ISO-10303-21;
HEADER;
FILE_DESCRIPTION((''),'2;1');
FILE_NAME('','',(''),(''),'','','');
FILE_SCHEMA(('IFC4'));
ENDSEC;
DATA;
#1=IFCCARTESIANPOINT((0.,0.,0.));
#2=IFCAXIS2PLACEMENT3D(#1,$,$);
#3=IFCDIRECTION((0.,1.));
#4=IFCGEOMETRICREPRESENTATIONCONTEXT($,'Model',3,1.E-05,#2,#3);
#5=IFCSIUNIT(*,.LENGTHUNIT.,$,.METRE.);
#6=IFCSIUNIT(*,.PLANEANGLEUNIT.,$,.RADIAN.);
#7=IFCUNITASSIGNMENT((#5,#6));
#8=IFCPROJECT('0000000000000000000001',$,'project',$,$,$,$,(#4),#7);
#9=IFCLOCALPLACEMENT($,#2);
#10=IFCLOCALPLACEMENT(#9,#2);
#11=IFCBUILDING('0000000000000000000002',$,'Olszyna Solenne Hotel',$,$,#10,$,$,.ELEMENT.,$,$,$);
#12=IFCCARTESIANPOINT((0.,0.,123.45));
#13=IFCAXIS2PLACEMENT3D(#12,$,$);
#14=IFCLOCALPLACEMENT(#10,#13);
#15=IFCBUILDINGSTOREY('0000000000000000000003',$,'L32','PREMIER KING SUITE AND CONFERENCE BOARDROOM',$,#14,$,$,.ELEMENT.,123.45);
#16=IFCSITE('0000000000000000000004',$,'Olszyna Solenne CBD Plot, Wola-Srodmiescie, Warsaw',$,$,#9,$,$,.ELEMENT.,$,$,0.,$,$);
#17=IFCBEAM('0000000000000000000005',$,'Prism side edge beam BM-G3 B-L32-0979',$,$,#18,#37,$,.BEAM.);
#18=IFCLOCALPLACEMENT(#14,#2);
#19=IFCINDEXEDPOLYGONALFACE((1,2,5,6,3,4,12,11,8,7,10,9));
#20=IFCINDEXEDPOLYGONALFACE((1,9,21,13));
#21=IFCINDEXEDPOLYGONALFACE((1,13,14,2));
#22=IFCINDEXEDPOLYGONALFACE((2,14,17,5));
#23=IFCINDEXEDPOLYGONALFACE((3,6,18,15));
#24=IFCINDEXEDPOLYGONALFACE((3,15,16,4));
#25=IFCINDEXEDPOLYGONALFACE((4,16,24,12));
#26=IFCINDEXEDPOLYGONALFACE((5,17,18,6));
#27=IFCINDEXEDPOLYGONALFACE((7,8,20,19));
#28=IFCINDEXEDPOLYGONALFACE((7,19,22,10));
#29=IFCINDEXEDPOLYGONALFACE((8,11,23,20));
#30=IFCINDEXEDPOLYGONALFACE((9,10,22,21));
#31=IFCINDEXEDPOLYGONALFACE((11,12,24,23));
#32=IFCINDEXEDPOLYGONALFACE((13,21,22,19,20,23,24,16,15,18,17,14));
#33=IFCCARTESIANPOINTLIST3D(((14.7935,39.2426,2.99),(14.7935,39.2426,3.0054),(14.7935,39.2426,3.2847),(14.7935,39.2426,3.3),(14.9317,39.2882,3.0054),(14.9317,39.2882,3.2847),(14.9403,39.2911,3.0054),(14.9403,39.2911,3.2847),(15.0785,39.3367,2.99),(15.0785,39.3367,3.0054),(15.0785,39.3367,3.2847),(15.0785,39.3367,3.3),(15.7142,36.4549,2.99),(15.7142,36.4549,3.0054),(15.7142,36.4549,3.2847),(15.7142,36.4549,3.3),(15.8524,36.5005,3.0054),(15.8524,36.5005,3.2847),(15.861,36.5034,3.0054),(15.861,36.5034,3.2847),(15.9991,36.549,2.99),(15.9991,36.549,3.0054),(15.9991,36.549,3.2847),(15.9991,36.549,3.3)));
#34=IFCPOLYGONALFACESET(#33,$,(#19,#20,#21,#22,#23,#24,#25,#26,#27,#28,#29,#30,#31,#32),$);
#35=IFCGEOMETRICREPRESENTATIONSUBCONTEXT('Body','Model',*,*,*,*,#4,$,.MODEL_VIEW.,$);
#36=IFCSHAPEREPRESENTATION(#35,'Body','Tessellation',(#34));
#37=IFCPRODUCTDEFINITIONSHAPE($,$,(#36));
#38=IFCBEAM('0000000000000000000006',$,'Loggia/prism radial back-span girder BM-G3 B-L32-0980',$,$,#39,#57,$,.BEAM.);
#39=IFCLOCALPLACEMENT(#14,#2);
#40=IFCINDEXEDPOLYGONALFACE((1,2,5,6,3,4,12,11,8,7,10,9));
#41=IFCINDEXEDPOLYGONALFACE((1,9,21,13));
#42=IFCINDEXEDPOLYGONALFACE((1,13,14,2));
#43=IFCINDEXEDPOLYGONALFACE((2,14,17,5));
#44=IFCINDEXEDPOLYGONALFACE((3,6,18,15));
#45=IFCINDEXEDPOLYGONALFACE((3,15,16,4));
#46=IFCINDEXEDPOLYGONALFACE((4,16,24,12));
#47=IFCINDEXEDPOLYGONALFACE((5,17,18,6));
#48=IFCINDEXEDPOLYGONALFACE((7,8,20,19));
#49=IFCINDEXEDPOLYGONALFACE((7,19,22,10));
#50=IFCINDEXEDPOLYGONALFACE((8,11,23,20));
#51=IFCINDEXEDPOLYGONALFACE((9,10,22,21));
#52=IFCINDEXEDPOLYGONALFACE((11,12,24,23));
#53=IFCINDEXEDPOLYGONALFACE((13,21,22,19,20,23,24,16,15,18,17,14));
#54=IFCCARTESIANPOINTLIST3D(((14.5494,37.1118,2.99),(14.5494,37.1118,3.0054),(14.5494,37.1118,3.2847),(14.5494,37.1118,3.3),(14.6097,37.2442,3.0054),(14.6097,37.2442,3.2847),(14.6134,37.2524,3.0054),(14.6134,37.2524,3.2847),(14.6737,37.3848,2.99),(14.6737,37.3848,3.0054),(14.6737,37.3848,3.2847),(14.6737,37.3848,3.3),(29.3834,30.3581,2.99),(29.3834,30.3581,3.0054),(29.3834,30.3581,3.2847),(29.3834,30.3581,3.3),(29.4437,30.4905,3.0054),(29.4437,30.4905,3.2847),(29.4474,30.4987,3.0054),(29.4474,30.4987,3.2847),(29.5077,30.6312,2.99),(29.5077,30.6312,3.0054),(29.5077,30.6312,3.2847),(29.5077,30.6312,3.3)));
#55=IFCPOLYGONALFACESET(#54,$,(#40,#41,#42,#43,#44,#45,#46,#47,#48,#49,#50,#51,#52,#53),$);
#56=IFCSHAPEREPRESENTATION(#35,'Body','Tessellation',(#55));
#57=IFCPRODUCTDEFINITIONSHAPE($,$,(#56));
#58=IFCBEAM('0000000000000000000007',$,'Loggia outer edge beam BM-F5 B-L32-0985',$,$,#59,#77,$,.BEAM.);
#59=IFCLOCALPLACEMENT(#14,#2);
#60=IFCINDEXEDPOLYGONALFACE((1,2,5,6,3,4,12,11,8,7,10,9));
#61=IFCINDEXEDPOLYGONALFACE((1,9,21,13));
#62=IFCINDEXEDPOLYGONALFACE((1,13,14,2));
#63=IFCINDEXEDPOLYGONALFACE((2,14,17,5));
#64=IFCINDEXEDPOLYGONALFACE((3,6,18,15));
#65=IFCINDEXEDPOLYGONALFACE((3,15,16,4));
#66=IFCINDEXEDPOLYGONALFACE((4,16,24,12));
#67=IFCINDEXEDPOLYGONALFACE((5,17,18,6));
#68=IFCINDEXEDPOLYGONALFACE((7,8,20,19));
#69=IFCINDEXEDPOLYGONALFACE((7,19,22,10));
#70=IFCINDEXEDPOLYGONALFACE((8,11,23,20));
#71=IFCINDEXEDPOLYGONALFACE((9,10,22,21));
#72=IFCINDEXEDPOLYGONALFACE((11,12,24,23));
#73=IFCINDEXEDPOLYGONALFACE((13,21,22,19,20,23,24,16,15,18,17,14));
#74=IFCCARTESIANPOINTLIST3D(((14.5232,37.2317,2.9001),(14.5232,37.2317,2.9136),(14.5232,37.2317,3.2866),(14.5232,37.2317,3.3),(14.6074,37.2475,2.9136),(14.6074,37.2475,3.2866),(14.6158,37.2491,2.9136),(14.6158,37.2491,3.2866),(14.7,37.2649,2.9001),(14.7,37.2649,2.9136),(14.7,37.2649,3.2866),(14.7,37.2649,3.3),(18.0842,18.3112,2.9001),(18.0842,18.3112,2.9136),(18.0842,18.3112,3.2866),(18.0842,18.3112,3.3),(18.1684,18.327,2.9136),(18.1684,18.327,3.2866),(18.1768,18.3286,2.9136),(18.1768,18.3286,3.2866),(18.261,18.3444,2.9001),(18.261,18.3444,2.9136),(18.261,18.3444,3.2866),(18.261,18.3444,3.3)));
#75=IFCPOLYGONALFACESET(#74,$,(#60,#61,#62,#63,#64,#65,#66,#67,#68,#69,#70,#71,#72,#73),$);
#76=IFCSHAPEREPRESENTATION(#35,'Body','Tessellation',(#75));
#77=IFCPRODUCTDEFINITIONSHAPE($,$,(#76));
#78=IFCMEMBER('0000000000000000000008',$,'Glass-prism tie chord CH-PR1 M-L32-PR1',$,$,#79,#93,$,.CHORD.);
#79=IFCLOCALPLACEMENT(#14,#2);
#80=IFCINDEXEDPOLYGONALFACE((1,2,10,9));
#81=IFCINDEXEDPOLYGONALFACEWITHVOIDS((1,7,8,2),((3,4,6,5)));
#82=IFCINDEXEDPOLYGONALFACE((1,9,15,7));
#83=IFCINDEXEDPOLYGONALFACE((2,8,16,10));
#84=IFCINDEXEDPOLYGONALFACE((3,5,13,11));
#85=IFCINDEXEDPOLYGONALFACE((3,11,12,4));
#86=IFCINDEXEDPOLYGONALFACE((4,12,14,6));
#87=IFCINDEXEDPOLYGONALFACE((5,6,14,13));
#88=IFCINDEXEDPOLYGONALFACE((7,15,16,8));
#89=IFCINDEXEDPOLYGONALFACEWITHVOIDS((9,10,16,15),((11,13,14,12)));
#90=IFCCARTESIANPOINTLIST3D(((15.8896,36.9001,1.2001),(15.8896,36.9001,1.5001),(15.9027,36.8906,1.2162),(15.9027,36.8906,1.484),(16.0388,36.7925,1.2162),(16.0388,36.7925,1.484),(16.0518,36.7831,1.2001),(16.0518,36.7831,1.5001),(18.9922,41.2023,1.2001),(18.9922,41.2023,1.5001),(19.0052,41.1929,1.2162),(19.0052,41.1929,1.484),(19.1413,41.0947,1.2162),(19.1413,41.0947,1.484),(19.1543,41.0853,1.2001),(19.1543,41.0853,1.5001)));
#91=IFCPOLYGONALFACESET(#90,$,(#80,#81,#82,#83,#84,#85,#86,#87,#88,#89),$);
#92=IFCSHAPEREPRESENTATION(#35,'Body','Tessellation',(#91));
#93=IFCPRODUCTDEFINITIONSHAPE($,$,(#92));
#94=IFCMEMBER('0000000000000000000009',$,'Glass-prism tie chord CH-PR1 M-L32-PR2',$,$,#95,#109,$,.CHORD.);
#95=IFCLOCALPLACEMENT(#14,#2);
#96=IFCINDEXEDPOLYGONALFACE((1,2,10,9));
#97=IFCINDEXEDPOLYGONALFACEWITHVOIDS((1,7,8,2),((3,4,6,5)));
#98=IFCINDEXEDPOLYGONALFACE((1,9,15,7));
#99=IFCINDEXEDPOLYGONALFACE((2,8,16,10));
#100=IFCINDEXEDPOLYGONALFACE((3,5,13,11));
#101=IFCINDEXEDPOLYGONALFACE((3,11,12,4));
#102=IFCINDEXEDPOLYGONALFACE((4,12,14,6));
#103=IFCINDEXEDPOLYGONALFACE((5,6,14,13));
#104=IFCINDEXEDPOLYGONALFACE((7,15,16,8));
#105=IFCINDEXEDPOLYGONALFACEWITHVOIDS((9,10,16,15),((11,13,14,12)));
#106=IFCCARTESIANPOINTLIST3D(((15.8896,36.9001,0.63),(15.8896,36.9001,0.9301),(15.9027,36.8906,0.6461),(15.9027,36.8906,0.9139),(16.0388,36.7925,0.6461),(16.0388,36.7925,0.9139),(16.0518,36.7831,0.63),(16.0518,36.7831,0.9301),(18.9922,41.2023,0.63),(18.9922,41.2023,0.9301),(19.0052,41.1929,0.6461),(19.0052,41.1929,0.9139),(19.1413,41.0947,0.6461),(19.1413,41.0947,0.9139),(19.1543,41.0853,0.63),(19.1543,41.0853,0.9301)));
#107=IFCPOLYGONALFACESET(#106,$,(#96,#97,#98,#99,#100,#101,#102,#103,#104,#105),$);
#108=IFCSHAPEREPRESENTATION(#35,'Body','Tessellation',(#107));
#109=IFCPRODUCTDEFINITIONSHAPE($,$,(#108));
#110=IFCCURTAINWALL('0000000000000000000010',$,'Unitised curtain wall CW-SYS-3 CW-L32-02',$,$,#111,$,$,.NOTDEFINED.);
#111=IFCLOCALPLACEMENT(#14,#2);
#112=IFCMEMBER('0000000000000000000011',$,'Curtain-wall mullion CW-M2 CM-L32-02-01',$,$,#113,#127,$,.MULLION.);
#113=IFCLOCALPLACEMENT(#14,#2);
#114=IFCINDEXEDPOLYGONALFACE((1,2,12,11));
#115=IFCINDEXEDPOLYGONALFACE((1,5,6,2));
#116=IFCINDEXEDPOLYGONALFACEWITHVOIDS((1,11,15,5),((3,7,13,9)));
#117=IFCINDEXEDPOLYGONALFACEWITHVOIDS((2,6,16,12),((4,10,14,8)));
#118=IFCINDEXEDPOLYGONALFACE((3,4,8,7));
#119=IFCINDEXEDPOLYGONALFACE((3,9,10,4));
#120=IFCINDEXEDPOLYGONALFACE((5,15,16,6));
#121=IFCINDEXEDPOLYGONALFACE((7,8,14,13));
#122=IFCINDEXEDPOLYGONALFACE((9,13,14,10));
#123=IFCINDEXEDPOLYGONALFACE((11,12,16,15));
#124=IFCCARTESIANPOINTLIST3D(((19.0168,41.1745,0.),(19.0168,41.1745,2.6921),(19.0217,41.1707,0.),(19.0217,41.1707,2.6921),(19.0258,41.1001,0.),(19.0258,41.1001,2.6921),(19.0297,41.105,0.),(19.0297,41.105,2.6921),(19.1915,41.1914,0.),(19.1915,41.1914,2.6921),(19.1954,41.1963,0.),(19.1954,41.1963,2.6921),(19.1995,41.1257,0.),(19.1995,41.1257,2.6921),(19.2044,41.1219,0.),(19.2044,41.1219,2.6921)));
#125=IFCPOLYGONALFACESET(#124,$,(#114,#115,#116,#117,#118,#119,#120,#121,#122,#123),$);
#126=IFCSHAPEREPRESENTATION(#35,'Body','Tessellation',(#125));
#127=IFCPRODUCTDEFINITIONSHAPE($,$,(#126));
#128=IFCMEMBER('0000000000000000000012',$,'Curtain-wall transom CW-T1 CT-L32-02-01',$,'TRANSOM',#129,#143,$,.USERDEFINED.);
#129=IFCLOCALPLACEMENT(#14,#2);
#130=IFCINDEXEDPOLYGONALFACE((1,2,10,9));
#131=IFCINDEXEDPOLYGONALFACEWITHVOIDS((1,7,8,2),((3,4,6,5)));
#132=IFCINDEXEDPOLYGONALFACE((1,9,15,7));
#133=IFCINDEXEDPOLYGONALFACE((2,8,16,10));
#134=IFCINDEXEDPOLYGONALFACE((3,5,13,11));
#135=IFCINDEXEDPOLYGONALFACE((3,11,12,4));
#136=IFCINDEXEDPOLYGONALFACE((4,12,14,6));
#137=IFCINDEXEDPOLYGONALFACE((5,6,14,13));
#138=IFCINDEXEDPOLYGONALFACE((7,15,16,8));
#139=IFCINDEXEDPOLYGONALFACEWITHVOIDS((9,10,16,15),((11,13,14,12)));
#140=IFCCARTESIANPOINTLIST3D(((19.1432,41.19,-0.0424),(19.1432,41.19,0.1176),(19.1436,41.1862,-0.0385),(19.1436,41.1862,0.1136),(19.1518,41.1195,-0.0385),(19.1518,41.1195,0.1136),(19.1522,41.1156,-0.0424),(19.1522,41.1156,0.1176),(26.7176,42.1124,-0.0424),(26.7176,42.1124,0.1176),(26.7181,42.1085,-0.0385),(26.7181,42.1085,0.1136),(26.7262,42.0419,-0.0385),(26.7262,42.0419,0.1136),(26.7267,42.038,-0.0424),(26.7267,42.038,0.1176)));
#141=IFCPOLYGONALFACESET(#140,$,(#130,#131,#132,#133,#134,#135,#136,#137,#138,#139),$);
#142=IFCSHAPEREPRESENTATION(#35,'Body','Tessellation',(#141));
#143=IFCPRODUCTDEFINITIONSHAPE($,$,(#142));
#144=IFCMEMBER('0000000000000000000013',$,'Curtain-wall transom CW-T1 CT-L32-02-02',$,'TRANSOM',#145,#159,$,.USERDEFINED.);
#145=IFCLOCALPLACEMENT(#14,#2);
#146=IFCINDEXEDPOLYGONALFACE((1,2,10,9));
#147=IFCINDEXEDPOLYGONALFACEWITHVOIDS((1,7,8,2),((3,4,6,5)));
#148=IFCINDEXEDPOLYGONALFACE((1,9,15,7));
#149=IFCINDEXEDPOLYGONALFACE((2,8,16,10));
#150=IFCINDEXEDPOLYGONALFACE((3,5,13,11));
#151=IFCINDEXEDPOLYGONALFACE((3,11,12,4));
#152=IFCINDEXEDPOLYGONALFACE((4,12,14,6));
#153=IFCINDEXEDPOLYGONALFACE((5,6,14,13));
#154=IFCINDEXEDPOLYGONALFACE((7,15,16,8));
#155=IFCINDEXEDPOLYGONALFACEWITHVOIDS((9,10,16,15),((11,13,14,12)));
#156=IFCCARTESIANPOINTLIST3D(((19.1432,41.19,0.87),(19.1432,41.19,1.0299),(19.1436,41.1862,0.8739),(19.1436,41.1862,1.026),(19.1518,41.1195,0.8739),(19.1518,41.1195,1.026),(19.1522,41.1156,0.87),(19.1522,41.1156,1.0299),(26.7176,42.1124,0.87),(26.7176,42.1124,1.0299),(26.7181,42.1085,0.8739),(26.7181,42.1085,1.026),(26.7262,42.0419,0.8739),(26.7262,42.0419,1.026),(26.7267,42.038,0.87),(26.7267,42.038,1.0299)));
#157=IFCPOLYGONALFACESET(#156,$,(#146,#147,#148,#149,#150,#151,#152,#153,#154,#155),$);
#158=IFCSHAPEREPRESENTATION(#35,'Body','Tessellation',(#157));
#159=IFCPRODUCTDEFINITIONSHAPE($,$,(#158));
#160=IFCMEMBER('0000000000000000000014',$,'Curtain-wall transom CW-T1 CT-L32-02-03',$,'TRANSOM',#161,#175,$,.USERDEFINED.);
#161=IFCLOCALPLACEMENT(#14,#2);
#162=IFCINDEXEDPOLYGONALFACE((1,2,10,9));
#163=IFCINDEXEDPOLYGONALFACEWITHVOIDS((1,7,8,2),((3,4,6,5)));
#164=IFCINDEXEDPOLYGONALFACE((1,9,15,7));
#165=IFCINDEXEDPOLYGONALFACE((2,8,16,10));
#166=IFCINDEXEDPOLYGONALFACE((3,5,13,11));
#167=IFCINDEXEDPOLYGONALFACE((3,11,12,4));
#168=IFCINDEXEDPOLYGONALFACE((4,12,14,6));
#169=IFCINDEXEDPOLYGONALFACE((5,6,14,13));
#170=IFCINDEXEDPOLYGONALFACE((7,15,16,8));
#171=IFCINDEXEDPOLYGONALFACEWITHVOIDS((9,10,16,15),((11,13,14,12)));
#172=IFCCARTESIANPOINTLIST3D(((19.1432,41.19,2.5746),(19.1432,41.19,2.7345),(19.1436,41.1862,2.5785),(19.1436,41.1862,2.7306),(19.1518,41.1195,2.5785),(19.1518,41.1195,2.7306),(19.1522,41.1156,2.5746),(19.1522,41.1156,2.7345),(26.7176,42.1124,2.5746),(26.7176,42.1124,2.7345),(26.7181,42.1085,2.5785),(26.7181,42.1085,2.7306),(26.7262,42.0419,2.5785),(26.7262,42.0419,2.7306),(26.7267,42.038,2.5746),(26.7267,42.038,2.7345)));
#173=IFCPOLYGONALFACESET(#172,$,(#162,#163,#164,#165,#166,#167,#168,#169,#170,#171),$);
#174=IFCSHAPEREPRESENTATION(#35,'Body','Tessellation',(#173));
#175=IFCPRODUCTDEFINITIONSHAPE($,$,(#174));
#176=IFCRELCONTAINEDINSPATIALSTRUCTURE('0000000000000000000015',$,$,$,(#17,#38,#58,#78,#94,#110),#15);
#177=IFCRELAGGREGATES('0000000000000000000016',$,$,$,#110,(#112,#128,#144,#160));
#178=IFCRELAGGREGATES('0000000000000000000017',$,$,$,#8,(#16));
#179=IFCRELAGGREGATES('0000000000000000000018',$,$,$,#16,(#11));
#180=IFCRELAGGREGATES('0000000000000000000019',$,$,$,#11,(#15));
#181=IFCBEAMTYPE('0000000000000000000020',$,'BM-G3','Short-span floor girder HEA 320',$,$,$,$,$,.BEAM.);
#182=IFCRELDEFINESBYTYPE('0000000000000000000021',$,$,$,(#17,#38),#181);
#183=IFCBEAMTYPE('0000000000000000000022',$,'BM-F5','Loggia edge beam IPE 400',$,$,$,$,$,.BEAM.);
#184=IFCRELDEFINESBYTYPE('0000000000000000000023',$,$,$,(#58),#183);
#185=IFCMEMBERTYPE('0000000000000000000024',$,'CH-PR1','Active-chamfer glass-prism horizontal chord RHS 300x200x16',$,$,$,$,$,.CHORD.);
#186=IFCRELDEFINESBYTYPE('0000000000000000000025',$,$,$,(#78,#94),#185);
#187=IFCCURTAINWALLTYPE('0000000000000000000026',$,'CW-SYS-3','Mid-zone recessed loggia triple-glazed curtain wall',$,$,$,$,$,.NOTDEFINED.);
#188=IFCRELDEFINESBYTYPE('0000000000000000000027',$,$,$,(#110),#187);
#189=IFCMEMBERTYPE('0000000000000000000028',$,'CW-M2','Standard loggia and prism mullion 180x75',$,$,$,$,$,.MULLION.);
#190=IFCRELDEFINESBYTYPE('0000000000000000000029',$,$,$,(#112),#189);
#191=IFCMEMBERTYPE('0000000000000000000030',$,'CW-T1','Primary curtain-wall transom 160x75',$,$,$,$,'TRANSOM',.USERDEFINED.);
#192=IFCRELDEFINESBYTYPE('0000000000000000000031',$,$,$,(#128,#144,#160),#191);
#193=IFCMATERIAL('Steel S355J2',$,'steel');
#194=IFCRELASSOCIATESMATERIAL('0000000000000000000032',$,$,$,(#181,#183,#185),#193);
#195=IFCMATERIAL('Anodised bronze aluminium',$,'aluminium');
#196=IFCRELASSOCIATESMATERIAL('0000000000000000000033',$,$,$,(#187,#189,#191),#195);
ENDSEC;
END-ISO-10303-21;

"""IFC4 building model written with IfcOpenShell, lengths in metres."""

from ifc_helpers import new_model, si_unit, direction, frame, origin, origin_2d, place, context, subcontext, project, spatial, hollow_rectangle, i_section, extrude, source, transform, mapped, material, material_profile, profile_set, type_object, element, aggregate, save


model = new_model("IFC4")

# Units and contexts
model_context = context("Model", 3, precision=1e-05, world=origin(), true_north=direction((0.0, 1.0)))
body_context = subcontext(model_context, "Body", "Model", "MODEL_VIEW")
ifc_project = project(units=[si_unit("LENGTHUNIT", "METRE"), si_unit("PLANEANGLEUNIT", "RADIAN")], contexts=[model_context])

# Site, building, storey
site_placement = place(None, origin())
site = spatial("IfcSite", under=ifc_project, at=site_placement, Name="Olszyna Solenne CBD Plot, Wola-Srodmiescie, Warsaw", CompositionType="ELEMENT", RefElevation=0.0)
building_placement = place(site_placement, origin())
building = spatial("IfcBuilding", under=site, at=building_placement, Name="Olszyna Solenne Hotel", CompositionType="ELEMENT")
storey_placement = place(building_placement, frame((0.0, 0.0, 123.45)))
storey = spatial("IfcBuildingStorey", under=building, at=storey_placement, Name="L32", Description="PREMIER KING SUITE AND CONFERENCE BOARDROOM", CompositionType="ELEMENT", Elevation=123.45)

# Beams
ifc_material_1 = material(Name="Steel S355J2", Category="steel")
ifc_material_profile_1 = material_profile(ifc_material_1, i_section(OverallWidth=0.3, OverallDepth=0.3101, WebThickness=0.009, FlangeThickness=0.0154, at=origin_2d()), Name="HEA 320", Category="load-bearing")
ifc_profile_set_1 = profile_set([ifc_material_profile_1], Name="Steel S355J2")
beam_type_1 = type_object("IfcBeamType", Name="BM-G3", Description="Short-span floor girder HEA 320", PredefinedType="BEAM", material=ifc_profile_set_1)
shared_shape_1 = source(origin(), body_context, "Body", "SweptSolid", [
    extrude(i_section(OverallWidth=0.3, OverallDepth=0.3101, WebThickness=0.009, FlangeThickness=0.0154, at=origin_2d()), origin(), (0.0, 0.0, 1.0), 2.9358),
])
beam_1_placement = place(storey_placement, frame((15.8567, 36.502, 3.145), z_axis=(-0.313607, 0.949553, 0.0), x_axis=(-0.949553, -0.313607, 0.0)))
element("IfcBeam", 1, at=beam_1_placement, inside=storey, type_object=beam_type_1, Name="Prism side edge beam BM-G3 B-L32-0979", PredefinedType="BEAM", context=body_context, shape_type="MappedRepresentation", body=[
    mapped(shared_shape_1, transform((0.0, 0.0, 0.0), x_axis=(1.0, 0.0, 0.0), y_axis=(0.0, 1.0, 0.0), z_axis=(0.0, 0.0, 1.0), scale=1.0)),
])
shared_shape_2 = source(origin(), body_context, "Body", "SweptSolid", [
    extrude(i_section(OverallWidth=0.3, OverallDepth=0.3101, WebThickness=0.009, FlangeThickness=0.0154, at=origin_2d()), origin(), (0.0, 0.0, 1.0), 16.2991),
])
beam_2_placement = place(storey_placement, frame((14.6116, 37.2483, 3.145), z_axis=(0.910113, -0.414359, 0.0), x_axis=(0.414359, 0.910113, 0.0)))
element("IfcBeam", 2, at=beam_2_placement, inside=storey, type_object=beam_type_1, Name="Loggia/prism radial back-span girder BM-G3 B-L32-0980", PredefinedType="BEAM", context=body_context, shape_type="MappedRepresentation", body=[
    mapped(shared_shape_2, transform((0.0, 0.0, 0.0), x_axis=(1.0, 0.0, 0.0), y_axis=(0.0, 1.0, 0.0), z_axis=(0.0, 0.0, 1.0), scale=1.0)),
])
ifc_material_profile_2 = material_profile(ifc_material_1, i_section(OverallWidth=0.1799, OverallDepth=0.3999, WebThickness=0.0085, FlangeThickness=0.0134, at=origin_2d()), Name="IPE 400", Category="load-bearing")
ifc_profile_set_2 = profile_set([ifc_material_profile_2], Name="Steel S355J2")
beam_type_2 = type_object("IfcBeamType", Name="BM-F5", Description="Loggia edge beam IPE 400", PredefinedType="BEAM", material=ifc_profile_set_2)
shared_shape_3 = source(origin(), body_context, "Body", "SweptSolid", [
    extrude(i_section(OverallWidth=0.1799, OverallDepth=0.3999, WebThickness=0.0085, FlangeThickness=0.0134, at=origin_2d()), origin(), (0.0, 0.0, 1.0), 19.2527),
])
beam_3_placement = place(storey_placement, frame((14.6116, 37.2483, 3.1001), z_axis=(0.184964, -0.982745, 0.0), x_axis=(0.982745, 0.184964, 0.0)))
element("IfcBeam", 3, at=beam_3_placement, inside=storey, type_object=beam_type_2, Name="Loggia outer edge beam BM-F5 B-L32-0985", PredefinedType="BEAM", context=body_context, shape_type="MappedRepresentation", body=[
    mapped(shared_shape_3, transform((0.0, 0.0, 0.0), x_axis=(1.0, 0.0, 0.0), y_axis=(0.0, 1.0, 0.0), z_axis=(0.0, 0.0, 1.0), scale=1.0)),
])

# Members
ifc_material_profile_3 = material_profile(ifc_material_1, hollow_rectangle(XDim=0.2, YDim=0.3, WallThickness=0.0161, at=origin_2d()), Name="RHS 300x200x16", Category="load-bearing")
ifc_profile_set_3 = profile_set([ifc_material_profile_3], Name="Steel S355J2")
member_type_1 = type_object("IfcMemberType", Name="CH-PR1", Description="Active-chamfer glass-prism horizontal chord RHS 300x200x16", PredefinedType="CHORD", material=ifc_profile_set_3)
shared_shape_4 = source(origin(), body_context, "Body", "SweptSolid", [
    extrude(hollow_rectangle(XDim=0.2, YDim=0.3, WallThickness=0.0161, at=origin_2d()), origin(), (0.0, 0.0, 1.0), 5.3042),
])
for number, where, z_axis, x_axis, name in (
    (4, (19.0732, 41.1438, 1.3501), (-0.584916, -0.811094, 0.0), (0.811094, -0.584916, 0.0), "Glass-prism tie chord CH-PR1 M-L32-PR1"),
    (5, (19.0732, 41.1438, 0.78), (-0.584916, -0.811094, 0.0), (0.811094, -0.584916, 0.0), "Glass-prism tie chord CH-PR1 M-L32-PR2"),
):
    element("IfcMember", number, at=place(storey_placement, frame(where, z_axis=z_axis, x_axis=x_axis)), inside=storey, type_object=member_type_1, Name=name, PredefinedType="CHORD", context=body_context, shape_type="MappedRepresentation", body=[
        mapped(shared_shape_4, transform((0.0, 0.0, 0.0), x_axis=(1.0, 0.0, 0.0), y_axis=(0.0, 1.0, 0.0), z_axis=(0.0, 0.0, 1.0), scale=1.0)),
    ])

# Curtain wall, members
ifc_material_2 = material(Name="Anodised bronze aluminium", Category="aluminium")
curtain_wall_type = type_object("IfcCurtainWallType", Name="CW-SYS-3", Description="Mid-zone recessed loggia triple-glazed curtain wall", PredefinedType="NOTDEFINED", material=ifc_material_2)
curtain_wall_placement = place(storey_placement, origin())
curtain_wall = element("IfcCurtainWall", 6, at=curtain_wall_placement, inside=storey, type_object=curtain_wall_type, Name="Unitised curtain wall CW-SYS-3 CW-L32-02", PredefinedType="NOTDEFINED")
ifc_material_profile_4 = material_profile(ifc_material_2, hollow_rectangle(XDim=0.075, YDim=0.1799, WallThickness=0.0044, at=origin_2d()), Name="MULL 180x75x4.5", Category="load-bearing")
ifc_profile_set_4 = profile_set([ifc_material_profile_4], Name="Anodised bronze aluminium")
member_type_2 = type_object("IfcMemberType", Name="CW-M2", Description="Standard loggia and prism mullion 180x75", PredefinedType="MULLION", material=ifc_profile_set_4)
shared_shape_5 = source(origin(), body_context, "Body", "SweptSolid", [
    extrude(hollow_rectangle(XDim=0.075, YDim=0.1799, WallThickness=0.0044, at=origin_2d()), origin(), (0.0, 0.0, 1.0), 2.6921),
])
member_1_placement = place(storey_placement, frame((19.1106, 41.1482, 0.0), z_axis=(0.0, 0.0, 1.0), x_axis=(-0.120877, 0.992667, 0.0)))
member_1 = element("IfcMember", 7, at=member_1_placement, type_object=member_type_2, Name="Curtain-wall mullion CW-M2 CM-L32-02-01", PredefinedType="MULLION", context=body_context, shape_type="MappedRepresentation", body=[
    mapped(shared_shape_5, transform((0.0, 0.0, 0.0), x_axis=(1.0, 0.0, 0.0), y_axis=(0.0, 1.0, 0.0), z_axis=(0.0, 0.0, 1.0), scale=1.0)),
])
ifc_material_profile_5 = material_profile(ifc_material_2, hollow_rectangle(XDim=0.075, YDim=0.1599, WallThickness=0.0039, at=origin_2d()), Name="TRAN 160x75x4", Category="load-bearing")
ifc_profile_set_5 = profile_set([ifc_material_profile_5], Name="Anodised bronze aluminium")
member_type_3 = type_object("IfcMemberType", Name="CW-T1", Description="Primary curtain-wall transom 160x75", ElementType="TRANSOM", PredefinedType="USERDEFINED", material=ifc_profile_set_5)
shared_shape_6 = source(origin(), body_context, "Body", "SweptSolid", [
    extrude(hollow_rectangle(XDim=0.075, YDim=0.1599, WallThickness=0.0039, at=origin_2d()), origin(), (0.0, 0.0, 1.0), 7.6304),
])
member_2_placement = place(storey_placement, frame((19.1477, 41.1528, 0.0376), z_axis=(0.992667, 0.12088, 0.0), x_axis=(-0.12088, 0.992667, 0.0)))
member_2 = element("IfcMember", 8, at=member_2_placement, type_object=member_type_3, Name="Curtain-wall transom CW-T1 CT-L32-02-01", ObjectType="TRANSOM", PredefinedType="USERDEFINED", context=body_context, shape_type="MappedRepresentation", body=[
    mapped(shared_shape_6, transform((0.0, 0.0, 0.0), x_axis=(1.0, 0.0, 0.0), y_axis=(0.0, 1.0, 0.0), z_axis=(0.0, 0.0, 1.0), scale=1.0)),
])
member_3_placement = place(storey_placement, frame((19.1477, 41.1528, 0.95), z_axis=(0.992667, 0.12088, 0.0), x_axis=(-0.12088, 0.992667, 0.0)))
member_3 = element("IfcMember", 9, at=member_3_placement, type_object=member_type_3, Name="Curtain-wall transom CW-T1 CT-L32-02-02", ObjectType="TRANSOM", PredefinedType="USERDEFINED", context=body_context, shape_type="MappedRepresentation", body=[
    mapped(shared_shape_6, transform((0.0, 0.0, 0.0), x_axis=(1.0, 0.0, 0.0), y_axis=(0.0, 1.0, 0.0), z_axis=(0.0, 0.0, 1.0), scale=1.0)),
])
member_4_placement = place(storey_placement, frame((19.1477, 41.1528, 2.6545), z_axis=(0.992667, 0.12088, 0.0), x_axis=(-0.12088, 0.992667, 0.0)))
member_4 = element("IfcMember", 10, at=member_4_placement, type_object=member_type_3, Name="Curtain-wall transom CW-T1 CT-L32-02-03", ObjectType="TRANSOM", PredefinedType="USERDEFINED", context=body_context, shape_type="MappedRepresentation", body=[
    mapped(shared_shape_6, transform((0.0, 0.0, 0.0), x_axis=(1.0, 0.0, 0.0), y_axis=(0.0, 1.0, 0.0), z_axis=(0.0, 0.0, 1.0), scale=1.0)),
])
aggregate(curtain_wall, [member_1, member_2, member_3, member_4])

save(model, "model.ifc")
